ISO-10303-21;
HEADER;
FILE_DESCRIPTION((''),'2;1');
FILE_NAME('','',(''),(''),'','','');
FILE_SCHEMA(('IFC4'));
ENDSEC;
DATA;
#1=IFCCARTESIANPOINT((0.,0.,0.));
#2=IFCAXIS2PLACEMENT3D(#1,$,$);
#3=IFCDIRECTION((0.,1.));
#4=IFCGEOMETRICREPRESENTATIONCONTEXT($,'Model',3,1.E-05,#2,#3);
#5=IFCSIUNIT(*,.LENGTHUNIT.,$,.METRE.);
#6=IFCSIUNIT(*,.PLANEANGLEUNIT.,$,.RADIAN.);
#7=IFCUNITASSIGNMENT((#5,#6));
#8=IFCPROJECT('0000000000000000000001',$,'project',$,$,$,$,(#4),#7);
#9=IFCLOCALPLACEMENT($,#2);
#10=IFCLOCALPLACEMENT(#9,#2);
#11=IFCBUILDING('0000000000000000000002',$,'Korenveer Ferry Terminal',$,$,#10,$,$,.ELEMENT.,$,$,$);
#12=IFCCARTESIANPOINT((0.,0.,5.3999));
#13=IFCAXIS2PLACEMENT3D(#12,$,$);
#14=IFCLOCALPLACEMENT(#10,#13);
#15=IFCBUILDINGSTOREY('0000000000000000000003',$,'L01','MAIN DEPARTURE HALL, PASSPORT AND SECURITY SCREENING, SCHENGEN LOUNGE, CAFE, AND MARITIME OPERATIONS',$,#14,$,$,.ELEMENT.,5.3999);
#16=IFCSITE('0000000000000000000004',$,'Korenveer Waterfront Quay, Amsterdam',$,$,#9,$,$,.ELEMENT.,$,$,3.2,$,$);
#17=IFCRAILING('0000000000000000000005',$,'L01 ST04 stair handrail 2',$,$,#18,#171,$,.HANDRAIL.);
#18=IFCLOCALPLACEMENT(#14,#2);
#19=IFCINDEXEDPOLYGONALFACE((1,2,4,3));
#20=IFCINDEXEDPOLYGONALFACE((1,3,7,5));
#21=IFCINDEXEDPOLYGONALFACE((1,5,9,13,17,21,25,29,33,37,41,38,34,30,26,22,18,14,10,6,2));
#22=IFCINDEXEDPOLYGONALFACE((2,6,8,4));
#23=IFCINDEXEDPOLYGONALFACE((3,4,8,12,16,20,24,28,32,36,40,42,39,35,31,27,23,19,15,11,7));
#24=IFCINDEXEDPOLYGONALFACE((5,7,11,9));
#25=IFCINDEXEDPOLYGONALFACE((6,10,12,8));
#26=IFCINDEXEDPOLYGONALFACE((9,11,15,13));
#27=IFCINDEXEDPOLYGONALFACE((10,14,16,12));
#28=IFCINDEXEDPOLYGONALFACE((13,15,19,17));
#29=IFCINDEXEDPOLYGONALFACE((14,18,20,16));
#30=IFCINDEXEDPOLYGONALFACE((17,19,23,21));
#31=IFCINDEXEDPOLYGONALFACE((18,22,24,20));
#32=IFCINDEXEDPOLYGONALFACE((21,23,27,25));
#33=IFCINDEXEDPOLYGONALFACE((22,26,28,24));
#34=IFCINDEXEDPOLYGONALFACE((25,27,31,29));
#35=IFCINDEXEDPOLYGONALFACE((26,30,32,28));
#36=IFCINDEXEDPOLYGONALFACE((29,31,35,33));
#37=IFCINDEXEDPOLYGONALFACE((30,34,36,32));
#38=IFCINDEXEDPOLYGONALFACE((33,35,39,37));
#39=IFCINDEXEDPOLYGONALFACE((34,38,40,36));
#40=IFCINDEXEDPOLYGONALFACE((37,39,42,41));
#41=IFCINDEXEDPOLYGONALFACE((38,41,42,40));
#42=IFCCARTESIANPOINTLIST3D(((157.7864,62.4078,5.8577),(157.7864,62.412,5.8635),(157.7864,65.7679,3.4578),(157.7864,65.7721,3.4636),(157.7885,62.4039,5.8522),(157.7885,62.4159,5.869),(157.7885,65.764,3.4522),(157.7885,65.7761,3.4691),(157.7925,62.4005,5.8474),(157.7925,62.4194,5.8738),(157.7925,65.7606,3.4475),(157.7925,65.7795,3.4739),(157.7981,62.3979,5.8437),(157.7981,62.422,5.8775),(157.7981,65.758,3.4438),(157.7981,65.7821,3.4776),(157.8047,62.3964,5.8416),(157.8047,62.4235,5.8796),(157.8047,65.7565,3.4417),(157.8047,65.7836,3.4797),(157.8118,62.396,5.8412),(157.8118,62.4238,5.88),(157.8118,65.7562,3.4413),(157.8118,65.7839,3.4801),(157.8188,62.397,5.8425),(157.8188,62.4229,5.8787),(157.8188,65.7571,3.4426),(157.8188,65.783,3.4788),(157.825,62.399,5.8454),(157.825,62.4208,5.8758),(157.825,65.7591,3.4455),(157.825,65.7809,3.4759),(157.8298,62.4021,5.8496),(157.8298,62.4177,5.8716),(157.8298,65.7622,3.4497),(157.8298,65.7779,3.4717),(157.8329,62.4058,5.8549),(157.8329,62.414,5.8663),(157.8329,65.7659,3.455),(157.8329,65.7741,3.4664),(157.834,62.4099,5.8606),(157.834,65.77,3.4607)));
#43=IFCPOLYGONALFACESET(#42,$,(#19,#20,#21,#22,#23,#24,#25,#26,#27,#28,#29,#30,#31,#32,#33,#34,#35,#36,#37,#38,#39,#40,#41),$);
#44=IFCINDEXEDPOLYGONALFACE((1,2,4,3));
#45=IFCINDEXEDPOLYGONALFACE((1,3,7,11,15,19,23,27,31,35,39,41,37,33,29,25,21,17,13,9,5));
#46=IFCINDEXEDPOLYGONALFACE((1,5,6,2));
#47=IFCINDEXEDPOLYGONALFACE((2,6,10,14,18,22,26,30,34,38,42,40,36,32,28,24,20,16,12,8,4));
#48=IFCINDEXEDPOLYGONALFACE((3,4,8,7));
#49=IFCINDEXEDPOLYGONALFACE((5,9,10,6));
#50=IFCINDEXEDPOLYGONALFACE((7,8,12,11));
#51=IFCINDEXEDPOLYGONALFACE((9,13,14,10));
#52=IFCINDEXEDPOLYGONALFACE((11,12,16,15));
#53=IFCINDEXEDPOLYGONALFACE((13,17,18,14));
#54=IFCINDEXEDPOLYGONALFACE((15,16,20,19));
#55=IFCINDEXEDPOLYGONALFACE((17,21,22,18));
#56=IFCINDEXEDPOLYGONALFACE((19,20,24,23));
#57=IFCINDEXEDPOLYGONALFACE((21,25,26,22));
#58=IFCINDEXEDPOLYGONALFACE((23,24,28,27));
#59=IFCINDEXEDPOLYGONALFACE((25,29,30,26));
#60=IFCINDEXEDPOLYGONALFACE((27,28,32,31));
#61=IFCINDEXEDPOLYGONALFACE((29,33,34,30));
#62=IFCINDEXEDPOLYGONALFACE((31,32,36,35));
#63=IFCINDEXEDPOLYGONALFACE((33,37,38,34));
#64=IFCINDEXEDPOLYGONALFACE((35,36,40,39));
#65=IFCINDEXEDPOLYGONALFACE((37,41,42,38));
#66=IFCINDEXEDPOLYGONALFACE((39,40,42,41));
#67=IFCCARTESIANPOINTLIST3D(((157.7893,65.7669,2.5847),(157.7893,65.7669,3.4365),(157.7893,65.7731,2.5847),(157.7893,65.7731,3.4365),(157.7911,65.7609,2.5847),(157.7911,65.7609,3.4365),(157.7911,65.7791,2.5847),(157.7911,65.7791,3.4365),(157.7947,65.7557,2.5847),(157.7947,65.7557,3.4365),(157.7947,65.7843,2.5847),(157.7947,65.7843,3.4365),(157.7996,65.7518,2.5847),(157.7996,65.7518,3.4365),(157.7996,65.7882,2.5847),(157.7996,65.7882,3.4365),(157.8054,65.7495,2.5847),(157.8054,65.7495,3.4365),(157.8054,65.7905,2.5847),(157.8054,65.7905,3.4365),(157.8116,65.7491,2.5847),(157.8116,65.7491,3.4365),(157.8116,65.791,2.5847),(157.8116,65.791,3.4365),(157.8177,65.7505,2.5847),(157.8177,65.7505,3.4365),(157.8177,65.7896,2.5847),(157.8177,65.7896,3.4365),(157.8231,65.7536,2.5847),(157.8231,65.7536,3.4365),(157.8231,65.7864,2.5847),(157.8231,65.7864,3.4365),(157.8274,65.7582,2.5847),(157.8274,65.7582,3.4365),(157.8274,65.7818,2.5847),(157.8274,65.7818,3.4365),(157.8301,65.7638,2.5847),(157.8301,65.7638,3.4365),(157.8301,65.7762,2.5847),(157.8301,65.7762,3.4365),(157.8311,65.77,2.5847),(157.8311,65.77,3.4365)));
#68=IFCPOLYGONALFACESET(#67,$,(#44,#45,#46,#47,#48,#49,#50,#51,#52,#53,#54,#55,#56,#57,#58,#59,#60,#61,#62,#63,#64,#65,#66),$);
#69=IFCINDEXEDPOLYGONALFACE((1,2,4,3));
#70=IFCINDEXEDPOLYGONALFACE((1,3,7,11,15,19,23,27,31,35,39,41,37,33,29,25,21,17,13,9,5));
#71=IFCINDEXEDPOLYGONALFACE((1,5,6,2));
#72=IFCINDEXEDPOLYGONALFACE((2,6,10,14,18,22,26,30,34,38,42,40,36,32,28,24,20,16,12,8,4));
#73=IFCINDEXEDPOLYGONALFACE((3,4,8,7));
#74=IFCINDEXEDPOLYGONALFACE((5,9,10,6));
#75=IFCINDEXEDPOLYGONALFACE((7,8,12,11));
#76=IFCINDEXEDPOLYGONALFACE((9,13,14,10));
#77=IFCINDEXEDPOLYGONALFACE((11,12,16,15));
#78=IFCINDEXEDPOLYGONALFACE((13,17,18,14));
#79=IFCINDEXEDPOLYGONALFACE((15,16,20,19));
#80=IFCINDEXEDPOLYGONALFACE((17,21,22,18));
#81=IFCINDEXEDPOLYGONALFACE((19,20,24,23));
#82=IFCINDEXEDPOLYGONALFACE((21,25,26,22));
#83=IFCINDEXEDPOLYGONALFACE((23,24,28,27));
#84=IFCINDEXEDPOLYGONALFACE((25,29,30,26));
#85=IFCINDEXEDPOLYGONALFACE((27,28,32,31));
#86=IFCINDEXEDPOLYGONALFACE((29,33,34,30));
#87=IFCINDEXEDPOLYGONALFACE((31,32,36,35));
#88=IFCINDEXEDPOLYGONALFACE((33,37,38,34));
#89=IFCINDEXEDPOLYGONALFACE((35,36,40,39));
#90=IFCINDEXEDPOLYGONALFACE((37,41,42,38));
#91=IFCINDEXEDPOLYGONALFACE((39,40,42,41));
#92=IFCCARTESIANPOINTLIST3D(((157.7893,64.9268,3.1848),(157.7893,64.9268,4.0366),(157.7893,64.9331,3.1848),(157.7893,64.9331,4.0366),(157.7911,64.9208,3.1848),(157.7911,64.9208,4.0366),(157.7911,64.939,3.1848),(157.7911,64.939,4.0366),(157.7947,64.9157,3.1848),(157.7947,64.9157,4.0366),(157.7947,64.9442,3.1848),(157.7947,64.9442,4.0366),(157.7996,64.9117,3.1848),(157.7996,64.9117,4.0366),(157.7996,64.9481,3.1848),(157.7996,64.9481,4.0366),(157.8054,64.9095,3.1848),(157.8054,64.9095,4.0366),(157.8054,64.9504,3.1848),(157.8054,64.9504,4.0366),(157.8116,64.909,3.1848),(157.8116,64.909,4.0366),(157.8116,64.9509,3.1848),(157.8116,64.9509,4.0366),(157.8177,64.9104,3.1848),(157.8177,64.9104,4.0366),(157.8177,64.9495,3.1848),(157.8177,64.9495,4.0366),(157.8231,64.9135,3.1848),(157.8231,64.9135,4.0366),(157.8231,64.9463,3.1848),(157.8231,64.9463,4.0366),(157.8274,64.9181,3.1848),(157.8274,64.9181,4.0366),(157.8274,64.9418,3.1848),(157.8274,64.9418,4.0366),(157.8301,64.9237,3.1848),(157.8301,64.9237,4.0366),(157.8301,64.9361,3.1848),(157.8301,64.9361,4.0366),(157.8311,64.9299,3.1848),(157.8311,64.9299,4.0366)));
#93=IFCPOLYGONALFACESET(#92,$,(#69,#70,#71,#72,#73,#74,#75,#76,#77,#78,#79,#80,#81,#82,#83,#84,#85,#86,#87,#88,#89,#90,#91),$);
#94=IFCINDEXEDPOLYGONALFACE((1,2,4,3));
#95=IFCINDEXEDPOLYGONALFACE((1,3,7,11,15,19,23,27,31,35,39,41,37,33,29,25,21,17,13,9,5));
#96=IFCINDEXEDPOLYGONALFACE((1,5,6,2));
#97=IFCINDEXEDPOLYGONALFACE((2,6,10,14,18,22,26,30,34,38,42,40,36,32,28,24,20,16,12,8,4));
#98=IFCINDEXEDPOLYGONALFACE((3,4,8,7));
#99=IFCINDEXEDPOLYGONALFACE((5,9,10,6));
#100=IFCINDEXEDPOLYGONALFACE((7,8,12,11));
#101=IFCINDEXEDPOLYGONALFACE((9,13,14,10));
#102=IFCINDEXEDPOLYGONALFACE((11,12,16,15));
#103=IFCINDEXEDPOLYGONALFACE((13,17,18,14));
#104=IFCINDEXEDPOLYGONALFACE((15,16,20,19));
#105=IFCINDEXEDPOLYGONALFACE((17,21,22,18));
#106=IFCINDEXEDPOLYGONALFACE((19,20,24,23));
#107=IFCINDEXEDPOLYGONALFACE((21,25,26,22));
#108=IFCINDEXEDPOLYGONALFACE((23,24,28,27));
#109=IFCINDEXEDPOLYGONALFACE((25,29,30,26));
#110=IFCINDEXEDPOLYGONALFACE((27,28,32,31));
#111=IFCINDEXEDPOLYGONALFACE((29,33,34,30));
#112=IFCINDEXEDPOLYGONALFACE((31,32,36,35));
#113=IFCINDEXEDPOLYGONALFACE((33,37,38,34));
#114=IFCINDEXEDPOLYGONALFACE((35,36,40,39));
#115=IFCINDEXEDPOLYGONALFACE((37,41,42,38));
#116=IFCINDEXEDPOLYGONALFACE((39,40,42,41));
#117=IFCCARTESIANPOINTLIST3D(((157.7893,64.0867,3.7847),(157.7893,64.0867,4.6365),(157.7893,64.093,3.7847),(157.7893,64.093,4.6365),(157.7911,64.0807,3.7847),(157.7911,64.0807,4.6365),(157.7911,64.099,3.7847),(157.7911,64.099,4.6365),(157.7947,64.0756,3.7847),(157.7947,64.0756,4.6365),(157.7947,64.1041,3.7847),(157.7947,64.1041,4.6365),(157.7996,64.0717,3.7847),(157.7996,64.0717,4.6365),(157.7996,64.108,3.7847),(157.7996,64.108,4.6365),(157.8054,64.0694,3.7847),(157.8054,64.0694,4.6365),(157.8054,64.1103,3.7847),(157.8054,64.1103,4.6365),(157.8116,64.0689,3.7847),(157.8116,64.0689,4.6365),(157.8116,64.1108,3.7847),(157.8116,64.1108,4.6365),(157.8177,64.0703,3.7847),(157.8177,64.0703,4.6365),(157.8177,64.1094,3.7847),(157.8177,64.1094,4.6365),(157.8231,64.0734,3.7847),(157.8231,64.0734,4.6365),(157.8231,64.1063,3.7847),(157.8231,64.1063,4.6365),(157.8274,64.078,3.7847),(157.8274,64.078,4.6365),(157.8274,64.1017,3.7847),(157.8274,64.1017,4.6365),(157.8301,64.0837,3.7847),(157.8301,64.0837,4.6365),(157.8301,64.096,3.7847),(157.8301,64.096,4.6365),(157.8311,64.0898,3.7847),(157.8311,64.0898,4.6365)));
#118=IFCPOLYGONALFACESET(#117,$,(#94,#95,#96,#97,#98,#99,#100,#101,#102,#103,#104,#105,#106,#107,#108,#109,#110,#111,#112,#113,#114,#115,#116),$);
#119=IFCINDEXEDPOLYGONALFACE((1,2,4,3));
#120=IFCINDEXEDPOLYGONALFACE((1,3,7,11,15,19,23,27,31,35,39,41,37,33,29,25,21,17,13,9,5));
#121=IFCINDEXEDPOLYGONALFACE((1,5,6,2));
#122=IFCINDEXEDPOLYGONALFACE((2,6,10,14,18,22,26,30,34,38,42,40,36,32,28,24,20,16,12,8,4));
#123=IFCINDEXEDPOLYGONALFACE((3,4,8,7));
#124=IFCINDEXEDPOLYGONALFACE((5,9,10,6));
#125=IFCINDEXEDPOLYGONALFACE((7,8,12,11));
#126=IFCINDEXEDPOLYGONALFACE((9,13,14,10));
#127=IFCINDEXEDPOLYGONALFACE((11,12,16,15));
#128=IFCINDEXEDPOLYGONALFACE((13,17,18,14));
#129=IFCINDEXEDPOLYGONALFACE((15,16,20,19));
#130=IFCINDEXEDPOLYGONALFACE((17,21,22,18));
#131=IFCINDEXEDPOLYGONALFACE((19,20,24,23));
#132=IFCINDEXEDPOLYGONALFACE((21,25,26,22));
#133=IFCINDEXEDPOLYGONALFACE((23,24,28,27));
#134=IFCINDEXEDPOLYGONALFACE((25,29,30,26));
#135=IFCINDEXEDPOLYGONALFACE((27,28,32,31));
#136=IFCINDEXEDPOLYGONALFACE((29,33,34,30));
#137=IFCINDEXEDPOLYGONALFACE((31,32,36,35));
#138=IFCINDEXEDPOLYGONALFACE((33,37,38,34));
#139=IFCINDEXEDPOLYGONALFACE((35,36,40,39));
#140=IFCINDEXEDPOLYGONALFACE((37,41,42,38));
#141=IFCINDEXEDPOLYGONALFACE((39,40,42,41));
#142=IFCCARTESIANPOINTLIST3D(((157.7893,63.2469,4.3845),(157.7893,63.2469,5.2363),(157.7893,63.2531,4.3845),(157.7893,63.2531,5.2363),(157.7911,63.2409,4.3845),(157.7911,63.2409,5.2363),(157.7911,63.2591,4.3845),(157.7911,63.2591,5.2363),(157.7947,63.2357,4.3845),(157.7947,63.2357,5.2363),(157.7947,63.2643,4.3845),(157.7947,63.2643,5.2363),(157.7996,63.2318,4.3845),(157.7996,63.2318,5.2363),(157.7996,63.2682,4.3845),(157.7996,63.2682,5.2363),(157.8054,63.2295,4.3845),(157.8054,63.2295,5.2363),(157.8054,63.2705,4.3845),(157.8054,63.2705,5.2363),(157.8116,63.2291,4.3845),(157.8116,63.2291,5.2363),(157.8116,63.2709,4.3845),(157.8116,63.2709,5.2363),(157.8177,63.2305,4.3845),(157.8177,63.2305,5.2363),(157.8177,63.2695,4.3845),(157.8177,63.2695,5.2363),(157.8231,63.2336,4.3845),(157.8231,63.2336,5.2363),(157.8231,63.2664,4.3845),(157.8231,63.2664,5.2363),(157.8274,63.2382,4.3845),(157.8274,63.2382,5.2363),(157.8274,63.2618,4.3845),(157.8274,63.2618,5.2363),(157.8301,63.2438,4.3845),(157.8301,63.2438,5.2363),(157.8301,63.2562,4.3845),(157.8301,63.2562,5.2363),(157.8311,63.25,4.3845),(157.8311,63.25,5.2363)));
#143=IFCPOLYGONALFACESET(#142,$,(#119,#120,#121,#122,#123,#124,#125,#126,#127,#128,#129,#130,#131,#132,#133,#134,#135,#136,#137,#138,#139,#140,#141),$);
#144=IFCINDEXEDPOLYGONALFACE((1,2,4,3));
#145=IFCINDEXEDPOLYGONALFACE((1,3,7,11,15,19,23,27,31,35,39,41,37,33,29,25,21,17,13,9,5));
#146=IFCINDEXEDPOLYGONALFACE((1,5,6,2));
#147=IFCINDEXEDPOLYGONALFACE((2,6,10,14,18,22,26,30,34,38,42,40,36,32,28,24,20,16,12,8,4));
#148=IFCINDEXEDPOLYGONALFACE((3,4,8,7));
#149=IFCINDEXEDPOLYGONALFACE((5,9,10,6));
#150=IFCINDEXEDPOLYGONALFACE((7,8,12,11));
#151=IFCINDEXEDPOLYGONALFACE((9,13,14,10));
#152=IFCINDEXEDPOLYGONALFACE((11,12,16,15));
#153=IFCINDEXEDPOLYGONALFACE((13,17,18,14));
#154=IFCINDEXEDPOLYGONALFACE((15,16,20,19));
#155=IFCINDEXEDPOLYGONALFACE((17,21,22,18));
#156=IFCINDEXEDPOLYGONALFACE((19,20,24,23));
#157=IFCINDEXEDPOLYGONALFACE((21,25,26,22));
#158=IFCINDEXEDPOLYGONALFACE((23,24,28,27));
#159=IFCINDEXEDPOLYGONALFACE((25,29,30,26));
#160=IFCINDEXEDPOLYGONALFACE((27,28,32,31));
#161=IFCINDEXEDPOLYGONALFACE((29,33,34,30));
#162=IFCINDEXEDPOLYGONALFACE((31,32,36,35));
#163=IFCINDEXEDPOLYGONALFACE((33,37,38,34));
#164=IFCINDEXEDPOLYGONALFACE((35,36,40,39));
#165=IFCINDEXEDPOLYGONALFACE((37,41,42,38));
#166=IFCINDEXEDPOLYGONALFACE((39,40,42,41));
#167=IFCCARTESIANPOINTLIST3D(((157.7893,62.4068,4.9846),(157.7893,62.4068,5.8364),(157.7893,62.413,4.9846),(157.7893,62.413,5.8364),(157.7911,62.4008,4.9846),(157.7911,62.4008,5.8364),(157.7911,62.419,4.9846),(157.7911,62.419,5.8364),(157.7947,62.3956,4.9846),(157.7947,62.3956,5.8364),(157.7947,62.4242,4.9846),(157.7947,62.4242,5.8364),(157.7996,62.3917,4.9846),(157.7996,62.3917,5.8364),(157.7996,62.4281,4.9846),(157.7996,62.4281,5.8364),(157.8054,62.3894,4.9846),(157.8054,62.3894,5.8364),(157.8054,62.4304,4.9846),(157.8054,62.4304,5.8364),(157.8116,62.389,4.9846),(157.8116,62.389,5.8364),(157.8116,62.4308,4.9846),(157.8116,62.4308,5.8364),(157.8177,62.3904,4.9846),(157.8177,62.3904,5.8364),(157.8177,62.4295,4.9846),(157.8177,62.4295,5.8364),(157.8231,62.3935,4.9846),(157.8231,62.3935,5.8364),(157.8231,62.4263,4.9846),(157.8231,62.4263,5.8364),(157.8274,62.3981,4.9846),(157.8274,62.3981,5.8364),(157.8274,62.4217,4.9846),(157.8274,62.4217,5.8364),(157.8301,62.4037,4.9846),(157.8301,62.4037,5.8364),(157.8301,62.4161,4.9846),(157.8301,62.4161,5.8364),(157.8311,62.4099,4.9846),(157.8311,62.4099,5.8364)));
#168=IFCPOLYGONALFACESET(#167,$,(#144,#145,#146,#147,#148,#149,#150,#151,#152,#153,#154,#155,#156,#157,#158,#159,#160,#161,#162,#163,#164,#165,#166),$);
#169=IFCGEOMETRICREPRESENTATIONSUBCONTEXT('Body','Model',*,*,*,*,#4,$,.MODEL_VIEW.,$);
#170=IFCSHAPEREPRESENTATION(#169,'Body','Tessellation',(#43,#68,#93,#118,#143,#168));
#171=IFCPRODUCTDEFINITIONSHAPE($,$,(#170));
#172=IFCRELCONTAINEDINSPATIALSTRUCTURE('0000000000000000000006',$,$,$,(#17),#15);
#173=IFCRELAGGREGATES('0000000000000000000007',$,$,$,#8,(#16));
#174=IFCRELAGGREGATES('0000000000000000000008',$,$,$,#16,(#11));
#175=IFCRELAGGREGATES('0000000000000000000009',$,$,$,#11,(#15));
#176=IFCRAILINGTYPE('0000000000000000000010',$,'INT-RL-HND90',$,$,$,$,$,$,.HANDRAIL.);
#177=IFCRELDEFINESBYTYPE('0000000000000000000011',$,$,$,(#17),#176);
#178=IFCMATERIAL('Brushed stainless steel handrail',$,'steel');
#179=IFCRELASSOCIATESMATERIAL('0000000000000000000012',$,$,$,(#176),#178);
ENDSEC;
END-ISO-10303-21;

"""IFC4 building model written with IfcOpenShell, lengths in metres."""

from ifc_helpers import new_model, si_unit, direction, frame, origin, origin_2d, place, context, subcontext, project, spatial, circle, extrude, material, type_object, element, save


model = new_model("IFC4")

# Units and contexts
model_context = context("Model", 3, precision=1e-05, world=origin(), true_north=direction((0.0, 1.0)))
body_context = subcontext(model_context, "Body", "Model", "MODEL_VIEW")
ifc_project = project(units=[si_unit("LENGTHUNIT", "METRE"), si_unit("PLANEANGLEUNIT", "RADIAN")], contexts=[model_context])

# Site, building, storey
site_placement = place(None, origin())
site = spatial("IfcSite", under=ifc_project, at=site_placement, Name="Korenveer Waterfront Quay, Amsterdam", CompositionType="ELEMENT", RefElevation=3.2)
building_placement = place(site_placement, origin())
building = spatial("IfcBuilding", under=site, at=building_placement, Name="Korenveer Ferry Terminal", CompositionType="ELEMENT")
storey_placement = place(building_placement, frame((0.0, 0.0, 5.3999)))
storey = spatial("IfcBuildingStorey", under=building, at=storey_placement, Name="L01", Description="MAIN DEPARTURE HALL, PASSPORT AND SECURITY SCREENING, SCHENGEN LOUNGE, CAFE, AND MARITIME OPERATIONS", CompositionType="ELEMENT", Elevation=5.3999)

# Railing
ifc_material_1 = material(Name="Brushed stainless steel handrail", Category="steel")
railing_type_1 = type_object("IfcRailingType", Name="INT-RL-HND90", PredefinedType="HANDRAIL", material=ifc_material_1)
railing_1_placement = place(storey_placement, frame((157.8101, 65.77, 2.5847)))
element("IfcRailing", 1, at=railing_1_placement, inside=storey, type_object=railing_type_1, Name="L01 ST04 stair handrail 2", PredefinedType="HANDRAIL", context=body_context, shape_type="SweptSolid", body=[
    extrude(circle(Radius=0.0239, at=origin_2d()), frame((0.0, 0.0, 0.876), z_axis=(0.0, -0.813753, 0.58121), x_axis=(1.0, 0.0, 0.0)), (0.0, 0.0, 1.0), 4.1292),
    extrude(circle(Radius=0.021, at=origin_2d()), origin(), (0.0, 0.0, 1.0), 0.8518),
    extrude(circle(Radius=0.021, at=origin_2d()), frame((0.0, -0.8401, 0.6001)), (0.0, 0.0, 1.0), 0.8518),
    extrude(circle(Radius=0.021, at=origin_2d()), frame((0.0, -1.6802, 1.2)), (0.0, 0.0, 1.0), 0.8518),
    extrude(circle(Radius=0.021, at=origin_2d()), frame((0.0, -2.52, 1.7998)), (0.0, 0.0, 1.0), 0.8518),
    extrude(circle(Radius=0.021, at=origin_2d()), frame((0.0, -3.3601, 2.3999)), (0.0, 0.0, 1.0), 0.8518),
])

save(model, "model.ifc")
